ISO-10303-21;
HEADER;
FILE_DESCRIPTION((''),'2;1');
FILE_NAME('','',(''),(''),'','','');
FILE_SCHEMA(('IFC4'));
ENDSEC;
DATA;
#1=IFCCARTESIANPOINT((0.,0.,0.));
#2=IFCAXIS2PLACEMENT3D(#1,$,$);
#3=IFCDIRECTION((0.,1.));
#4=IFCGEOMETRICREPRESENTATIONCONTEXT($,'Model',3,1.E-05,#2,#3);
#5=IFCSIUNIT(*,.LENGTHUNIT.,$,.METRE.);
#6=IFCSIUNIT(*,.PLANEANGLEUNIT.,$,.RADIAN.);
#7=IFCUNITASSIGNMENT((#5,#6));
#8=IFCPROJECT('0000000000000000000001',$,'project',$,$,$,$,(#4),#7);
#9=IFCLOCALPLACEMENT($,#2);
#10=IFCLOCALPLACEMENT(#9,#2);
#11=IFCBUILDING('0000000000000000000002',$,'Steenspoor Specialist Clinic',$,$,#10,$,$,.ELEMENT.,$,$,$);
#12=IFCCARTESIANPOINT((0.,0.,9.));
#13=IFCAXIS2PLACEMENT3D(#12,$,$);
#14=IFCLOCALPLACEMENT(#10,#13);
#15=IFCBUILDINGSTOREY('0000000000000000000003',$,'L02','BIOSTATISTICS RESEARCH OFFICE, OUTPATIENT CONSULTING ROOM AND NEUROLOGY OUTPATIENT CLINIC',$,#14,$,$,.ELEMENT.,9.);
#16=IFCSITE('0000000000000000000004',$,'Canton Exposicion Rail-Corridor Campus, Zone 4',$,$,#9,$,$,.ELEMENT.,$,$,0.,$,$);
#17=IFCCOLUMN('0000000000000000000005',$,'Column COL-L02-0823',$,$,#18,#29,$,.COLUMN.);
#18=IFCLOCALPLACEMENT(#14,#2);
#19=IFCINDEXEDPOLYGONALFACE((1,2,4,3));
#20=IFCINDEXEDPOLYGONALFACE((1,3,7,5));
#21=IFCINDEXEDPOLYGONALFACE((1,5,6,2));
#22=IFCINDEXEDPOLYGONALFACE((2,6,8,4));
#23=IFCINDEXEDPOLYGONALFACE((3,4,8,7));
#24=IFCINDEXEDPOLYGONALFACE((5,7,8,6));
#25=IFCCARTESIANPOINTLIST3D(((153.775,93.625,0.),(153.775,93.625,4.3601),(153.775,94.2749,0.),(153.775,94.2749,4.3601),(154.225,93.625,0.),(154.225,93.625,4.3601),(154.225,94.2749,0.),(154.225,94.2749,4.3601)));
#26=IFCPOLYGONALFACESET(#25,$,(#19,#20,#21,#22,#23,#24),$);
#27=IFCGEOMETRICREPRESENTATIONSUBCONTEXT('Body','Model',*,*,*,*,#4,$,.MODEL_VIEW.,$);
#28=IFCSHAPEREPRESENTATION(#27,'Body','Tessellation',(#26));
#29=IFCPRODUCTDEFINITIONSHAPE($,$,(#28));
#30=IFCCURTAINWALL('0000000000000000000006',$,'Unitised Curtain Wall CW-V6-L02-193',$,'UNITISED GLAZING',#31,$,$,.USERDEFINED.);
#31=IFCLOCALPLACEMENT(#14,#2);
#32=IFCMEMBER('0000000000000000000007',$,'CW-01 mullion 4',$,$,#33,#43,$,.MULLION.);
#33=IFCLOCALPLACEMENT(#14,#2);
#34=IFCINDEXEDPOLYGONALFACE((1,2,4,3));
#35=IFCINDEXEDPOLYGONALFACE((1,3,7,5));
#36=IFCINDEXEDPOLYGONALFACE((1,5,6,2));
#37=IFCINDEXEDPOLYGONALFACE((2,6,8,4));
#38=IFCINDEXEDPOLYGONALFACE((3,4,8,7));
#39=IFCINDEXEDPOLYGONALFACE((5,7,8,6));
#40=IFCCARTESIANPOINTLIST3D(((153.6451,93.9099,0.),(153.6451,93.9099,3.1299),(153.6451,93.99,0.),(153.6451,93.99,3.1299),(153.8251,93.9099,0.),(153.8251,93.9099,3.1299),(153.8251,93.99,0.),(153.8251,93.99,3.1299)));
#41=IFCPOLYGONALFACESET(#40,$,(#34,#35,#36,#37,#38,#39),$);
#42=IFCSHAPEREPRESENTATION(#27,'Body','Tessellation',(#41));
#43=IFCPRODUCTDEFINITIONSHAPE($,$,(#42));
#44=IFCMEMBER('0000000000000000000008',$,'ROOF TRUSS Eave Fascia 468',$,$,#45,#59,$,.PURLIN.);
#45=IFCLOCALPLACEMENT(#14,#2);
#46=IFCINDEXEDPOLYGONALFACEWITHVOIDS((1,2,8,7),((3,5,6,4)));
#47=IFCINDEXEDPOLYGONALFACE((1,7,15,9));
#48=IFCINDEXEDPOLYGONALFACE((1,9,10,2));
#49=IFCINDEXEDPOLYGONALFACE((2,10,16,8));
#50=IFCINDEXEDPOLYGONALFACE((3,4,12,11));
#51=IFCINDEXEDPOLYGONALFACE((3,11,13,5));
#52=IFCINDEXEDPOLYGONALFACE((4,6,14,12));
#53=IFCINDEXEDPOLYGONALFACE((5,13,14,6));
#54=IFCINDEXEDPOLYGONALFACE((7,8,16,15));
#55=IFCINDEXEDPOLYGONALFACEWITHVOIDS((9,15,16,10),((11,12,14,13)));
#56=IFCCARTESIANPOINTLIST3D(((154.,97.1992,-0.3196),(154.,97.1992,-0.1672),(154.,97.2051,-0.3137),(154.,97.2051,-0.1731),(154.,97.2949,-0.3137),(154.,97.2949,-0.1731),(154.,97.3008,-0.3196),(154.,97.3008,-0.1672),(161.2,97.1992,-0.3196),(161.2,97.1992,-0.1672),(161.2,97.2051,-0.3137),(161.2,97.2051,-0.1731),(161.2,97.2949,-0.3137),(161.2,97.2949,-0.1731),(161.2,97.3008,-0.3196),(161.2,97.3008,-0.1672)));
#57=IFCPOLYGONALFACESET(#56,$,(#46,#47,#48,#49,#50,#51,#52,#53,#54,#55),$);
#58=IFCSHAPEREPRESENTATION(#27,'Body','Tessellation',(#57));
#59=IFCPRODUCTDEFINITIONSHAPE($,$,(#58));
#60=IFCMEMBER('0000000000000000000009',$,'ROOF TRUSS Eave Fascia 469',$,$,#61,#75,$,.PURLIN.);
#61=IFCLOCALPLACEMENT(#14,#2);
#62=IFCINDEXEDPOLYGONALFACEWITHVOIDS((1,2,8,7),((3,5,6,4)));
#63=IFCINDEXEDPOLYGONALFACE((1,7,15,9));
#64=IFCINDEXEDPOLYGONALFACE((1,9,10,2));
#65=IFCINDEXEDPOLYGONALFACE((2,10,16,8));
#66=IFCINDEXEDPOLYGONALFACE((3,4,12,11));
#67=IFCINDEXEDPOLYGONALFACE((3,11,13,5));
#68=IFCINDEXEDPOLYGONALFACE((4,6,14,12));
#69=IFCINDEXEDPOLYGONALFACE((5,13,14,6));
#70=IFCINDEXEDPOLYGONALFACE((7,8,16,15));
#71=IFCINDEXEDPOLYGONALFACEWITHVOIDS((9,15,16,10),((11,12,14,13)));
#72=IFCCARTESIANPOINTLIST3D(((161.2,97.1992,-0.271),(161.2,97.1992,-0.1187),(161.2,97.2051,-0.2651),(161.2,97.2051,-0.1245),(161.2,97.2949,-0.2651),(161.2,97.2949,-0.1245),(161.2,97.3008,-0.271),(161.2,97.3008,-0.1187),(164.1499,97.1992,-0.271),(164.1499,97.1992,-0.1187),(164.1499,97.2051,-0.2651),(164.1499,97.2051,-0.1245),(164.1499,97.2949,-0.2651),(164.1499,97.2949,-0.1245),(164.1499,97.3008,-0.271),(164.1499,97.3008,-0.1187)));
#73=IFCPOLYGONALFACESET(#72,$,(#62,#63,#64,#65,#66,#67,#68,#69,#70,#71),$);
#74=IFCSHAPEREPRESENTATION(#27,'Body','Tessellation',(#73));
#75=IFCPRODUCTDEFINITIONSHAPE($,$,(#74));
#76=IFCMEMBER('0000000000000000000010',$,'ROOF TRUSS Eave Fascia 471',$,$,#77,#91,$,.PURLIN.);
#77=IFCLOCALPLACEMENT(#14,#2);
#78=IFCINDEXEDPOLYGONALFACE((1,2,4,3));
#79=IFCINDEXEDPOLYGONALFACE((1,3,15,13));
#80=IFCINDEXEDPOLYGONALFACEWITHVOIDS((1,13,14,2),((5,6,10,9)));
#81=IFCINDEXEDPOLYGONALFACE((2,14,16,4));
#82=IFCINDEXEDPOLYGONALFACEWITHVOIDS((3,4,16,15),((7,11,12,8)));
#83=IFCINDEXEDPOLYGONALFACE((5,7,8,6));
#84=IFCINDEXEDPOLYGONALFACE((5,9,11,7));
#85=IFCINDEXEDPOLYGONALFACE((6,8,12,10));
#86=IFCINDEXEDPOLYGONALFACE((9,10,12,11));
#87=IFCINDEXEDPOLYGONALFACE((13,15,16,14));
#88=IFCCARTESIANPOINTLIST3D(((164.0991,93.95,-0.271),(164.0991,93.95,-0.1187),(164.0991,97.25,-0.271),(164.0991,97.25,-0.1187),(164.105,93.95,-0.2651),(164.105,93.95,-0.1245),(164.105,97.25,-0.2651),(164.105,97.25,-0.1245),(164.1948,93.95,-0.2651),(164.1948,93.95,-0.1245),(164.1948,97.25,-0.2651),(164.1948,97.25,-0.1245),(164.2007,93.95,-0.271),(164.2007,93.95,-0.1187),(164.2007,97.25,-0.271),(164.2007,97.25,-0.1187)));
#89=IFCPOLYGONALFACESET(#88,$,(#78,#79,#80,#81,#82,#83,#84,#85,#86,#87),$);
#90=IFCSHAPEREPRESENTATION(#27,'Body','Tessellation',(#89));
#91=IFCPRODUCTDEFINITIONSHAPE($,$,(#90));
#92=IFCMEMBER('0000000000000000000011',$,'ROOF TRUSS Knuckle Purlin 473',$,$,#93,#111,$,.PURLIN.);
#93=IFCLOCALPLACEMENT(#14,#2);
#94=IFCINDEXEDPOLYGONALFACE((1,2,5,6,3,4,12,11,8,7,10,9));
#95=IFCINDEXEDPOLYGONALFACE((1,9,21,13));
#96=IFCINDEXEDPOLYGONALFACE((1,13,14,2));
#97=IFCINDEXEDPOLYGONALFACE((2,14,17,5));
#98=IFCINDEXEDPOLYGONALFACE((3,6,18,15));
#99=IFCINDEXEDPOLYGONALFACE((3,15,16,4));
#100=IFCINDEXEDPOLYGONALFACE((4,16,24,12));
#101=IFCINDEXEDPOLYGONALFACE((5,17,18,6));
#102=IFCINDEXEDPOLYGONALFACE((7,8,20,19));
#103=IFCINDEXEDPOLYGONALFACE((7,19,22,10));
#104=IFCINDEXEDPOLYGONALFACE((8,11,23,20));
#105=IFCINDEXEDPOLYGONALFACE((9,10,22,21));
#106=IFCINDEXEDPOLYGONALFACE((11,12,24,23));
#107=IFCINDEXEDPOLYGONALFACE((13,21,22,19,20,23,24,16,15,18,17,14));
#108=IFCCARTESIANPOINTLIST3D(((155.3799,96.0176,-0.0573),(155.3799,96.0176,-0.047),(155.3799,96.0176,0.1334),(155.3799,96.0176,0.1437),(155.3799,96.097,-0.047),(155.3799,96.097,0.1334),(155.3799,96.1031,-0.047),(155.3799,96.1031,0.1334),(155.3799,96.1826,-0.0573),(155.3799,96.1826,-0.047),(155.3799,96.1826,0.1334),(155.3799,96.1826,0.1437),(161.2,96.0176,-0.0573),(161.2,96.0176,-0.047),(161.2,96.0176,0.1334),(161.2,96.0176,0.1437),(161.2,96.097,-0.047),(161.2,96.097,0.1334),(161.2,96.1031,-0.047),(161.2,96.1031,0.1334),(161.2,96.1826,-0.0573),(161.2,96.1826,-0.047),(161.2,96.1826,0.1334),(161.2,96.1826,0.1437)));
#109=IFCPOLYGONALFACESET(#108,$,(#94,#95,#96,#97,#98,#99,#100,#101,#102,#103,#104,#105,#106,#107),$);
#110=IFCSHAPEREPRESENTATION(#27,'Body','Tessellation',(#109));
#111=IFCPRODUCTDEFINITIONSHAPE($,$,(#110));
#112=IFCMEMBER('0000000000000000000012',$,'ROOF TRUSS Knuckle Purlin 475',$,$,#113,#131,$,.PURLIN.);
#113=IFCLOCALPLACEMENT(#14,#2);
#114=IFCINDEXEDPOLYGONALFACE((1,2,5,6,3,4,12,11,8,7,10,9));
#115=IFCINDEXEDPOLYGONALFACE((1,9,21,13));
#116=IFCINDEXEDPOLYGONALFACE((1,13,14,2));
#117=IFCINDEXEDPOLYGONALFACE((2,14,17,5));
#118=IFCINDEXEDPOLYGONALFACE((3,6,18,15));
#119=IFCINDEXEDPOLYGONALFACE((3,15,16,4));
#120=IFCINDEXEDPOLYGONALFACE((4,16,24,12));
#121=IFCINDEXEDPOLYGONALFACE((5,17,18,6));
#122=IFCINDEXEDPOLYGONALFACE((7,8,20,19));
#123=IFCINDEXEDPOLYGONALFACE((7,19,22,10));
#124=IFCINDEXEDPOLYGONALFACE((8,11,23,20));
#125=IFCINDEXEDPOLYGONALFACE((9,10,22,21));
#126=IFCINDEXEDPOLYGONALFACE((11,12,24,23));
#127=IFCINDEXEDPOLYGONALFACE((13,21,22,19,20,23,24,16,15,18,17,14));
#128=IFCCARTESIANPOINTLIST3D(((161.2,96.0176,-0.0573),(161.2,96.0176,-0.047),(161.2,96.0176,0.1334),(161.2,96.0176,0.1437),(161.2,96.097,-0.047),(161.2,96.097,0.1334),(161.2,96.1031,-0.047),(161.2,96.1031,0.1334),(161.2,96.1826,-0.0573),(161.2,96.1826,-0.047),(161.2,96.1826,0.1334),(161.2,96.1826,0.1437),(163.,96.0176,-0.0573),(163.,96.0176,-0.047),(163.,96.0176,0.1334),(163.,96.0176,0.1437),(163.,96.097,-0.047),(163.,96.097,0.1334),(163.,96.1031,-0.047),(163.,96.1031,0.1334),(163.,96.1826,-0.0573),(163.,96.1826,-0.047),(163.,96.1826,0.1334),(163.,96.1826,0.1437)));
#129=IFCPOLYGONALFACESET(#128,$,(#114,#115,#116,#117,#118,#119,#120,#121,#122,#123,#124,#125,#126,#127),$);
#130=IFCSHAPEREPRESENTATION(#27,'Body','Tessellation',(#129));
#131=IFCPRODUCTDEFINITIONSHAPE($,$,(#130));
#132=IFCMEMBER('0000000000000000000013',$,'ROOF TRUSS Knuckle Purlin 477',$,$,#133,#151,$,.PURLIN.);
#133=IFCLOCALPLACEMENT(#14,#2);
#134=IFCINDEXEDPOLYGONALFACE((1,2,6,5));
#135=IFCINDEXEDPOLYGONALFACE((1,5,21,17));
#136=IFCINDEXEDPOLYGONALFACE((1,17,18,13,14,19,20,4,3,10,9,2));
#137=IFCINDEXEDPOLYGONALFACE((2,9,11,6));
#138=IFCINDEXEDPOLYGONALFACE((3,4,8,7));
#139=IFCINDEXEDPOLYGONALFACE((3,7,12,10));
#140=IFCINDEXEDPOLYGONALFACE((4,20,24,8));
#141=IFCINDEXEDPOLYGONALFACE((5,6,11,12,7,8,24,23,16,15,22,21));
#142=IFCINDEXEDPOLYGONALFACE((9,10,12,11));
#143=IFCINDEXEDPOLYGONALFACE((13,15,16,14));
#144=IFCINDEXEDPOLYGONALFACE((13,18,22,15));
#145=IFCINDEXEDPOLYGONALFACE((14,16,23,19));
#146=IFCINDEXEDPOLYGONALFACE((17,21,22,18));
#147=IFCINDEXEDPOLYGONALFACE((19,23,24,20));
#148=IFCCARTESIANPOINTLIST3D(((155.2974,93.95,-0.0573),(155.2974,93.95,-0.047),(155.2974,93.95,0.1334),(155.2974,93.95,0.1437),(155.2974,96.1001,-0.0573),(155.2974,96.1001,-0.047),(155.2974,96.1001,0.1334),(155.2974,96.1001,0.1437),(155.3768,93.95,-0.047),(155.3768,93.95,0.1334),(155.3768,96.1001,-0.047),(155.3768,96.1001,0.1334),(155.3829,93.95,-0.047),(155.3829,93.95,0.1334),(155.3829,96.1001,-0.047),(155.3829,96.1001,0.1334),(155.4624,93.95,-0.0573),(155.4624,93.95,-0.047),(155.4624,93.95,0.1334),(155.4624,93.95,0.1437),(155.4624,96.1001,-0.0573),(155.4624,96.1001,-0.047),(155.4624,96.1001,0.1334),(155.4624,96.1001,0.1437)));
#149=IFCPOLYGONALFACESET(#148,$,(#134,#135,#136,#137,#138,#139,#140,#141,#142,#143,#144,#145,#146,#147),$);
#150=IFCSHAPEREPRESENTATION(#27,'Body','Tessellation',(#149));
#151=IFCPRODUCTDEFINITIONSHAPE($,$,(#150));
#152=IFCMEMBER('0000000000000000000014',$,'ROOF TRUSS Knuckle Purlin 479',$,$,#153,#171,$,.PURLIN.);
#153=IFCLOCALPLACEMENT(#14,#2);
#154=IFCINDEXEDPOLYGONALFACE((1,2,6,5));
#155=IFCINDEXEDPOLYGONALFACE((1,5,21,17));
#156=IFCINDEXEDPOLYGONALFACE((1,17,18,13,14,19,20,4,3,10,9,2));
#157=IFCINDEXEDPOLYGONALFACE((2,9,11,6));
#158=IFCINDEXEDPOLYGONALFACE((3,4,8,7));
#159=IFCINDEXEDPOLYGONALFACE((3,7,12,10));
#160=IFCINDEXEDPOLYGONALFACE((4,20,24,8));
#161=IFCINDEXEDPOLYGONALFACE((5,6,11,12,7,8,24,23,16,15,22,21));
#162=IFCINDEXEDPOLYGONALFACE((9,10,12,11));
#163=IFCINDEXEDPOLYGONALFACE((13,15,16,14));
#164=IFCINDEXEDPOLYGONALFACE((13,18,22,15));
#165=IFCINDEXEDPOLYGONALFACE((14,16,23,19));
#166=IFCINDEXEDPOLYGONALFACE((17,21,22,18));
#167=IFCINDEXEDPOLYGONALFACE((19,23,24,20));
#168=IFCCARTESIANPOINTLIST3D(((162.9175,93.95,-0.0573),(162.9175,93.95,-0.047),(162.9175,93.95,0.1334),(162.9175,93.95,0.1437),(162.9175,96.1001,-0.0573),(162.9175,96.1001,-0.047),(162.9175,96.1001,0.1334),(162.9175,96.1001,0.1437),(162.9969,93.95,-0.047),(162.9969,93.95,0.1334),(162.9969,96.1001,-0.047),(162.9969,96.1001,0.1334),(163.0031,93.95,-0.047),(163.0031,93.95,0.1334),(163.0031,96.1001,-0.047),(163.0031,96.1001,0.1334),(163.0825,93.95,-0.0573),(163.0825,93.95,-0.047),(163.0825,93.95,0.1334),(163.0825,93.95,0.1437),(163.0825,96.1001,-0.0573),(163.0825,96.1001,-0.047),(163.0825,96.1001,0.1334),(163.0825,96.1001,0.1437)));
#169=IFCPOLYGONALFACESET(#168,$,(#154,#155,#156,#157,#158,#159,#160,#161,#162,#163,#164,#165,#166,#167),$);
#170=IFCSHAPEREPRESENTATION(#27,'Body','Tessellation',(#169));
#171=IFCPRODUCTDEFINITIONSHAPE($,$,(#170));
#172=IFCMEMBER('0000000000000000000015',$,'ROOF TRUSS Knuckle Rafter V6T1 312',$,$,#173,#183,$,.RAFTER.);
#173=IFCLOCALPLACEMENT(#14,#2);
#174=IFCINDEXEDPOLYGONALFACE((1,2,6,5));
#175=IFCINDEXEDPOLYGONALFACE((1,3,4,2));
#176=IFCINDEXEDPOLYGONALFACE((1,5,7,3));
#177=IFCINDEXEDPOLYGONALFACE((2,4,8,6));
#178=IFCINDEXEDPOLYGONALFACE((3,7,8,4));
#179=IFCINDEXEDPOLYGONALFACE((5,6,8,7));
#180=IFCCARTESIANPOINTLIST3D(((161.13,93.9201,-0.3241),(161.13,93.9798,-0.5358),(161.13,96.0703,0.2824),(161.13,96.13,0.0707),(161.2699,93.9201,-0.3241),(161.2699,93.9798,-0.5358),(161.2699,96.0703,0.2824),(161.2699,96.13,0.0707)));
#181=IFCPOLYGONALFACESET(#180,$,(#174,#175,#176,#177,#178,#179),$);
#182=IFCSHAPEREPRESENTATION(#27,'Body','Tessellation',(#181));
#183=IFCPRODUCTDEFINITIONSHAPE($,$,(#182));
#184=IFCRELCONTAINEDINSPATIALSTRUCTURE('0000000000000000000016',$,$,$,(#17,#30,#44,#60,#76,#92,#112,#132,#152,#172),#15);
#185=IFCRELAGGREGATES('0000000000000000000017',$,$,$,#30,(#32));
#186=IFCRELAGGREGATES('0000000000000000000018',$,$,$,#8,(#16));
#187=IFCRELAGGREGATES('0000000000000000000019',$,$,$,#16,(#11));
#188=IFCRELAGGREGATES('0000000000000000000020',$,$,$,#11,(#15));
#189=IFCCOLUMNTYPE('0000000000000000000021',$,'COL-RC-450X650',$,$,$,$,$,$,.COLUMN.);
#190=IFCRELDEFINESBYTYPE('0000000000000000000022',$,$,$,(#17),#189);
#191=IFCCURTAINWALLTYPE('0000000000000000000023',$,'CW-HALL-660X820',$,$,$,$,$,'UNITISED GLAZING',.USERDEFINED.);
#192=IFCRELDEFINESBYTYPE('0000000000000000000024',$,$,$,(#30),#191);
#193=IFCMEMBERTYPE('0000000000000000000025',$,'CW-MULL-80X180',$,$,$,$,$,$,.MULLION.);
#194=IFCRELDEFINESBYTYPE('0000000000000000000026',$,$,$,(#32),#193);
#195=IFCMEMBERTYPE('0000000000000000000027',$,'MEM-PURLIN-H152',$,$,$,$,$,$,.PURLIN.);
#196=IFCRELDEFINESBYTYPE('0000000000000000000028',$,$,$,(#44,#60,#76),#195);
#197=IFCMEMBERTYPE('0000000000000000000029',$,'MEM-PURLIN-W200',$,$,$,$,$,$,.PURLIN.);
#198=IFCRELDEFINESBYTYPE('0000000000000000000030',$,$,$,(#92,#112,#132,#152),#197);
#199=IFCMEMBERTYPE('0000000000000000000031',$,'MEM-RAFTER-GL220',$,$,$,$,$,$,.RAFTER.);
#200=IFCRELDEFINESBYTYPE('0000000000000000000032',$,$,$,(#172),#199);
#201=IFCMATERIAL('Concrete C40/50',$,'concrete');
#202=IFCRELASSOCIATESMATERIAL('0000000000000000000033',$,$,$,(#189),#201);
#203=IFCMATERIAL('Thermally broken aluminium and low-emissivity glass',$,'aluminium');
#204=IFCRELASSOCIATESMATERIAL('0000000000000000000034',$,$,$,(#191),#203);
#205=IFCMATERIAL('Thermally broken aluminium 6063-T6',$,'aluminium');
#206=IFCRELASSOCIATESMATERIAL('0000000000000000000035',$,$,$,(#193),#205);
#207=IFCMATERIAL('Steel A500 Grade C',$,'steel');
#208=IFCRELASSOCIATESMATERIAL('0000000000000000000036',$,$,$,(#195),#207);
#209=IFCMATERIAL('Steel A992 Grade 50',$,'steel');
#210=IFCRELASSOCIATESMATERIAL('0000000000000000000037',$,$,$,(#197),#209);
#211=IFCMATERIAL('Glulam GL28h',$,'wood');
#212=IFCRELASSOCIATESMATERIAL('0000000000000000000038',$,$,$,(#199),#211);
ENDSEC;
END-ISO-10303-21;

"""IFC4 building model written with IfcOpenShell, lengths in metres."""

from ifc_helpers import new_model, si_unit, direction, frame, origin, origin_2d, place, context, subcontext, project, spatial, rectangle, hollow_rectangle, i_section, extrude, material, material_profile, profile_set, type_object, element, aggregate, save


model = new_model("IFC4")

# Units and contexts
model_context = context("Model", 3, precision=1e-05, world=origin(), true_north=direction((0.0, 1.0)))
body_context = subcontext(model_context, "Body", "Model", "MODEL_VIEW")
ifc_project = project(units=[si_unit("LENGTHUNIT", "METRE"), si_unit("PLANEANGLEUNIT", "RADIAN")], contexts=[model_context])

# Site, building, storey
site_placement = place(None, origin())
site = spatial("IfcSite", under=ifc_project, at=site_placement, Name="Canton Exposicion Rail-Corridor Campus, Zone 4", CompositionType="ELEMENT", RefElevation=0.0)
building_placement = place(site_placement, origin())
building = spatial("IfcBuilding", under=site, at=building_placement, Name="Steenspoor Specialist Clinic", CompositionType="ELEMENT")
storey_placement = place(building_placement, frame((0.0, 0.0, 9.0)))
storey = spatial("IfcBuildingStorey", under=building, at=storey_placement, Name="L02", Description="BIOSTATISTICS RESEARCH OFFICE, OUTPATIENT CONSULTING ROOM AND NEUROLOGY OUTPATIENT CLINIC", CompositionType="ELEMENT", Elevation=9.0)

# Column
ifc_material_1 = material(Name="Concrete C40/50", Category="concrete")
ifc_material_profile_1 = material_profile(ifc_material_1, rectangle(XDim=0.45, YDim=0.6499, at=origin_2d()), Name="RC-COL-450X650")
ifc_profile_set_1 = profile_set([ifc_material_profile_1], Name="Concrete C40/50")
column_type = type_object("IfcColumnType", Name="COL-RC-450X650", PredefinedType="COLUMN", material=ifc_profile_set_1)
column_placement = place(storey_placement, frame((154.0, 93.95, 0.0), z_axis=(0.0, 0.0, 1.0), x_axis=(1.0, 0.0, 0.0)))
element("IfcColumn", 1, at=column_placement, inside=storey, type_object=column_type, Name="Column COL-L02-0823", PredefinedType="COLUMN", context=body_context, shape_type="SweptSolid", body=[
    extrude(rectangle(XDim=0.45, YDim=0.6499, at=origin_2d()), origin(), (0.0, 0.0, 1.0), 4.3601),
])

# Curtain wall, member
ifc_material_2 = material(Name="Thermally broken aluminium and low-emissivity glass", Category="aluminium")
curtain_wall_type = type_object("IfcCurtainWallType", Name="CW-HALL-660X820", ElementType="UNITISED GLAZING", PredefinedType="USERDEFINED", material=ifc_material_2)
curtain_wall_placement = place(storey_placement, origin())
curtain_wall = element("IfcCurtainWall", 2, at=curtain_wall_placement, inside=storey, type_object=curtain_wall_type, Name="Unitised Curtain Wall CW-V6-L02-193", ObjectType="UNITISED GLAZING", PredefinedType="USERDEFINED")
ifc_material_3 = material(Name="Thermally broken aluminium 6063-T6", Category="aluminium")
ifc_material_profile_2 = material_profile(ifc_material_3, rectangle(XDim=0.0801, YDim=0.1799, at=origin_2d()), Name="CWM-80X180")
ifc_profile_set_2 = profile_set([ifc_material_profile_2], Name="Thermally broken aluminium 6063-T6")
member_type_1 = type_object("IfcMemberType", Name="CW-MULL-80X180", PredefinedType="MULLION", material=ifc_profile_set_2)
member_1_placement = place(storey_placement, frame((153.7351, 93.95, 0.0), z_axis=(0.0, 0.0, 1.0), x_axis=(0.0, 1.0, 0.0)))
member_1 = element("IfcMember", 3, at=member_1_placement, type_object=member_type_1, Name="CW-01 mullion 4", PredefinedType="MULLION", context=body_context, shape_type="SweptSolid", body=[
    extrude(rectangle(XDim=0.0801, YDim=0.1799, at=origin_2d()), origin(), (0.0, 0.0, 1.0), 3.1299),
])
aggregate(curtain_wall, [member_1])

# Members
ifc_material_4 = material(Name="Steel A500 Grade C", Category="steel")
ifc_material_profile_3 = material_profile(ifc_material_4, hollow_rectangle(XDim=0.1016, YDim=0.1523, WallThickness=0.0059, at=origin_2d()), Name="HSS152X102X6.4")
ifc_profile_set_3 = profile_set([ifc_material_profile_3], Name="Steel A500 Grade C")
member_type_2 = type_object("IfcMemberType", Name="MEM-PURLIN-H152", PredefinedType="PURLIN", material=ifc_profile_set_3)
member_2_placement = place(storey_placement, frame((154.0, 97.25, -0.2434), z_axis=(1.0, 0.0, 0.0), x_axis=(0.0, 1.0, 0.0)))
element("IfcMember", 4, at=member_2_placement, inside=storey, type_object=member_type_2, Name="ROOF TRUSS Eave Fascia 468", PredefinedType="PURLIN", context=body_context, shape_type="SweptSolid", body=[
    extrude(hollow_rectangle(XDim=0.1016, YDim=0.1523, WallThickness=0.0059, at=origin_2d()), origin(), (0.0, 0.0, 1.0), 7.2),
])
member_3_placement = place(storey_placement, frame((161.2, 97.25, -0.1948), z_axis=(1.0, 0.0, 0.0), x_axis=(0.0, 1.0, 0.0)))
element("IfcMember", 5, at=member_3_placement, inside=storey, type_object=member_type_2, Name="ROOF TRUSS Eave Fascia 469", PredefinedType="PURLIN", context=body_context, shape_type="SweptSolid", body=[
    extrude(hollow_rectangle(XDim=0.1016, YDim=0.1523, WallThickness=0.0059, at=origin_2d()), origin(), (0.0, 0.0, 1.0), 2.95),
])
member_4_placement = place(storey_placement, frame((164.1499, 93.95, -0.1948), z_axis=(0.0, 1.0, 0.0), x_axis=(-1.0, 0.0, 0.0)))
element("IfcMember", 6, at=member_4_placement, inside=storey, type_object=member_type_2, Name="ROOF TRUSS Eave Fascia 471", PredefinedType="PURLIN", context=body_context, shape_type="SweptSolid", body=[
    extrude(hollow_rectangle(XDim=0.1016, YDim=0.1523, WallThickness=0.0059, at=origin_2d()), origin(), (0.0, 0.0, 1.0), 3.3),
])
ifc_material_5 = material(Name="Steel A992 Grade 50", Category="steel")
ifc_material_profile_4 = material_profile(ifc_material_5, i_section(OverallWidth=0.165, OverallDepth=0.2009, WebThickness=0.0061, FlangeThickness=0.0103, at=origin_2d()), Name="W200X36")
ifc_profile_set_4 = profile_set([ifc_material_profile_4], Name="Steel A992 Grade 50")
member_type_3 = type_object("IfcMemberType", Name="MEM-PURLIN-W200", PredefinedType="PURLIN", material=ifc_profile_set_4)
member_5_placement = place(storey_placement, frame((155.3799, 96.1001, 0.0432), z_axis=(1.0, 0.0, 0.0), x_axis=(0.0, 1.0, 0.0)))
element("IfcMember", 7, at=member_5_placement, inside=storey, type_object=member_type_3, Name="ROOF TRUSS Knuckle Purlin 473", PredefinedType="PURLIN", context=body_context, shape_type="SweptSolid", body=[
    extrude(i_section(OverallWidth=0.165, OverallDepth=0.2009, WebThickness=0.0061, FlangeThickness=0.0103, at=origin_2d()), origin(), (0.0, 0.0, 1.0), 5.8201),
])
member_6_placement = place(storey_placement, frame((161.2, 96.1001, 0.0432), z_axis=(1.0, 0.0, 0.0), x_axis=(0.0, 1.0, 0.0)))
element("IfcMember", 8, at=member_6_placement, inside=storey, type_object=member_type_3, Name="ROOF TRUSS Knuckle Purlin 475", PredefinedType="PURLIN", context=body_context, shape_type="SweptSolid", body=[
    extrude(i_section(OverallWidth=0.165, OverallDepth=0.2009, WebThickness=0.0061, FlangeThickness=0.0103, at=origin_2d()), origin(), (0.0, 0.0, 1.0), 1.8),
])
for number, where, z_axis, x_axis, name in (
    (9, (155.3799, 93.95, 0.0432), (0.0, 1.0, 0.0), (-1.0, 0.0, 0.0), "ROOF TRUSS Knuckle Purlin 477"),
    (10, (163.0, 93.95, 0.0432), (0.0, 1.0, 0.0), (-1.0, 0.0, 0.0), "ROOF TRUSS Knuckle Purlin 479"),
):
    element("IfcMember", number, at=place(storey_placement, frame(where, z_axis=z_axis, x_axis=x_axis)), inside=storey, type_object=member_type_3, Name=name, PredefinedType="PURLIN", context=body_context, shape_type="SweptSolid", body=[
        extrude(i_section(OverallWidth=0.165, OverallDepth=0.2009, WebThickness=0.0061, FlangeThickness=0.0103, at=origin_2d()), origin(), (0.0, 0.0, 1.0), 2.1501),
    ])
ifc_material_6 = material(Name="Glulam GL28h", Category="wood")
ifc_material_profile_5 = material_profile(ifc_material_6, rectangle(XDim=0.1399, YDim=0.22, at=origin_2d()), Name="GL28H-140X220")
ifc_profile_set_5 = profile_set([ifc_material_profile_5], Name="Glulam GL28h")
member_type_4 = type_object("IfcMemberType", Name="MEM-RAFTER-GL220", PredefinedType="RAFTER", material=ifc_profile_set_5)
member_7_placement = place(storey_placement, frame((161.2, 93.95, -0.4299), z_axis=(0.0, 0.96245, 0.271458), x_axis=(-1.0, 0.0, 0.0)))
element("IfcMember", 11, at=member_7_placement, inside=storey, type_object=member_type_4, Name="ROOF TRUSS Knuckle Rafter V6T1 312", PredefinedType="RAFTER", context=body_context, shape_type="SweptSolid", body=[
    extrude(rectangle(XDim=0.1399, YDim=0.22, at=origin_2d()), origin(), (0.0, 0.0, 1.0), 2.2341),
])

save(model, "model.ifc")
